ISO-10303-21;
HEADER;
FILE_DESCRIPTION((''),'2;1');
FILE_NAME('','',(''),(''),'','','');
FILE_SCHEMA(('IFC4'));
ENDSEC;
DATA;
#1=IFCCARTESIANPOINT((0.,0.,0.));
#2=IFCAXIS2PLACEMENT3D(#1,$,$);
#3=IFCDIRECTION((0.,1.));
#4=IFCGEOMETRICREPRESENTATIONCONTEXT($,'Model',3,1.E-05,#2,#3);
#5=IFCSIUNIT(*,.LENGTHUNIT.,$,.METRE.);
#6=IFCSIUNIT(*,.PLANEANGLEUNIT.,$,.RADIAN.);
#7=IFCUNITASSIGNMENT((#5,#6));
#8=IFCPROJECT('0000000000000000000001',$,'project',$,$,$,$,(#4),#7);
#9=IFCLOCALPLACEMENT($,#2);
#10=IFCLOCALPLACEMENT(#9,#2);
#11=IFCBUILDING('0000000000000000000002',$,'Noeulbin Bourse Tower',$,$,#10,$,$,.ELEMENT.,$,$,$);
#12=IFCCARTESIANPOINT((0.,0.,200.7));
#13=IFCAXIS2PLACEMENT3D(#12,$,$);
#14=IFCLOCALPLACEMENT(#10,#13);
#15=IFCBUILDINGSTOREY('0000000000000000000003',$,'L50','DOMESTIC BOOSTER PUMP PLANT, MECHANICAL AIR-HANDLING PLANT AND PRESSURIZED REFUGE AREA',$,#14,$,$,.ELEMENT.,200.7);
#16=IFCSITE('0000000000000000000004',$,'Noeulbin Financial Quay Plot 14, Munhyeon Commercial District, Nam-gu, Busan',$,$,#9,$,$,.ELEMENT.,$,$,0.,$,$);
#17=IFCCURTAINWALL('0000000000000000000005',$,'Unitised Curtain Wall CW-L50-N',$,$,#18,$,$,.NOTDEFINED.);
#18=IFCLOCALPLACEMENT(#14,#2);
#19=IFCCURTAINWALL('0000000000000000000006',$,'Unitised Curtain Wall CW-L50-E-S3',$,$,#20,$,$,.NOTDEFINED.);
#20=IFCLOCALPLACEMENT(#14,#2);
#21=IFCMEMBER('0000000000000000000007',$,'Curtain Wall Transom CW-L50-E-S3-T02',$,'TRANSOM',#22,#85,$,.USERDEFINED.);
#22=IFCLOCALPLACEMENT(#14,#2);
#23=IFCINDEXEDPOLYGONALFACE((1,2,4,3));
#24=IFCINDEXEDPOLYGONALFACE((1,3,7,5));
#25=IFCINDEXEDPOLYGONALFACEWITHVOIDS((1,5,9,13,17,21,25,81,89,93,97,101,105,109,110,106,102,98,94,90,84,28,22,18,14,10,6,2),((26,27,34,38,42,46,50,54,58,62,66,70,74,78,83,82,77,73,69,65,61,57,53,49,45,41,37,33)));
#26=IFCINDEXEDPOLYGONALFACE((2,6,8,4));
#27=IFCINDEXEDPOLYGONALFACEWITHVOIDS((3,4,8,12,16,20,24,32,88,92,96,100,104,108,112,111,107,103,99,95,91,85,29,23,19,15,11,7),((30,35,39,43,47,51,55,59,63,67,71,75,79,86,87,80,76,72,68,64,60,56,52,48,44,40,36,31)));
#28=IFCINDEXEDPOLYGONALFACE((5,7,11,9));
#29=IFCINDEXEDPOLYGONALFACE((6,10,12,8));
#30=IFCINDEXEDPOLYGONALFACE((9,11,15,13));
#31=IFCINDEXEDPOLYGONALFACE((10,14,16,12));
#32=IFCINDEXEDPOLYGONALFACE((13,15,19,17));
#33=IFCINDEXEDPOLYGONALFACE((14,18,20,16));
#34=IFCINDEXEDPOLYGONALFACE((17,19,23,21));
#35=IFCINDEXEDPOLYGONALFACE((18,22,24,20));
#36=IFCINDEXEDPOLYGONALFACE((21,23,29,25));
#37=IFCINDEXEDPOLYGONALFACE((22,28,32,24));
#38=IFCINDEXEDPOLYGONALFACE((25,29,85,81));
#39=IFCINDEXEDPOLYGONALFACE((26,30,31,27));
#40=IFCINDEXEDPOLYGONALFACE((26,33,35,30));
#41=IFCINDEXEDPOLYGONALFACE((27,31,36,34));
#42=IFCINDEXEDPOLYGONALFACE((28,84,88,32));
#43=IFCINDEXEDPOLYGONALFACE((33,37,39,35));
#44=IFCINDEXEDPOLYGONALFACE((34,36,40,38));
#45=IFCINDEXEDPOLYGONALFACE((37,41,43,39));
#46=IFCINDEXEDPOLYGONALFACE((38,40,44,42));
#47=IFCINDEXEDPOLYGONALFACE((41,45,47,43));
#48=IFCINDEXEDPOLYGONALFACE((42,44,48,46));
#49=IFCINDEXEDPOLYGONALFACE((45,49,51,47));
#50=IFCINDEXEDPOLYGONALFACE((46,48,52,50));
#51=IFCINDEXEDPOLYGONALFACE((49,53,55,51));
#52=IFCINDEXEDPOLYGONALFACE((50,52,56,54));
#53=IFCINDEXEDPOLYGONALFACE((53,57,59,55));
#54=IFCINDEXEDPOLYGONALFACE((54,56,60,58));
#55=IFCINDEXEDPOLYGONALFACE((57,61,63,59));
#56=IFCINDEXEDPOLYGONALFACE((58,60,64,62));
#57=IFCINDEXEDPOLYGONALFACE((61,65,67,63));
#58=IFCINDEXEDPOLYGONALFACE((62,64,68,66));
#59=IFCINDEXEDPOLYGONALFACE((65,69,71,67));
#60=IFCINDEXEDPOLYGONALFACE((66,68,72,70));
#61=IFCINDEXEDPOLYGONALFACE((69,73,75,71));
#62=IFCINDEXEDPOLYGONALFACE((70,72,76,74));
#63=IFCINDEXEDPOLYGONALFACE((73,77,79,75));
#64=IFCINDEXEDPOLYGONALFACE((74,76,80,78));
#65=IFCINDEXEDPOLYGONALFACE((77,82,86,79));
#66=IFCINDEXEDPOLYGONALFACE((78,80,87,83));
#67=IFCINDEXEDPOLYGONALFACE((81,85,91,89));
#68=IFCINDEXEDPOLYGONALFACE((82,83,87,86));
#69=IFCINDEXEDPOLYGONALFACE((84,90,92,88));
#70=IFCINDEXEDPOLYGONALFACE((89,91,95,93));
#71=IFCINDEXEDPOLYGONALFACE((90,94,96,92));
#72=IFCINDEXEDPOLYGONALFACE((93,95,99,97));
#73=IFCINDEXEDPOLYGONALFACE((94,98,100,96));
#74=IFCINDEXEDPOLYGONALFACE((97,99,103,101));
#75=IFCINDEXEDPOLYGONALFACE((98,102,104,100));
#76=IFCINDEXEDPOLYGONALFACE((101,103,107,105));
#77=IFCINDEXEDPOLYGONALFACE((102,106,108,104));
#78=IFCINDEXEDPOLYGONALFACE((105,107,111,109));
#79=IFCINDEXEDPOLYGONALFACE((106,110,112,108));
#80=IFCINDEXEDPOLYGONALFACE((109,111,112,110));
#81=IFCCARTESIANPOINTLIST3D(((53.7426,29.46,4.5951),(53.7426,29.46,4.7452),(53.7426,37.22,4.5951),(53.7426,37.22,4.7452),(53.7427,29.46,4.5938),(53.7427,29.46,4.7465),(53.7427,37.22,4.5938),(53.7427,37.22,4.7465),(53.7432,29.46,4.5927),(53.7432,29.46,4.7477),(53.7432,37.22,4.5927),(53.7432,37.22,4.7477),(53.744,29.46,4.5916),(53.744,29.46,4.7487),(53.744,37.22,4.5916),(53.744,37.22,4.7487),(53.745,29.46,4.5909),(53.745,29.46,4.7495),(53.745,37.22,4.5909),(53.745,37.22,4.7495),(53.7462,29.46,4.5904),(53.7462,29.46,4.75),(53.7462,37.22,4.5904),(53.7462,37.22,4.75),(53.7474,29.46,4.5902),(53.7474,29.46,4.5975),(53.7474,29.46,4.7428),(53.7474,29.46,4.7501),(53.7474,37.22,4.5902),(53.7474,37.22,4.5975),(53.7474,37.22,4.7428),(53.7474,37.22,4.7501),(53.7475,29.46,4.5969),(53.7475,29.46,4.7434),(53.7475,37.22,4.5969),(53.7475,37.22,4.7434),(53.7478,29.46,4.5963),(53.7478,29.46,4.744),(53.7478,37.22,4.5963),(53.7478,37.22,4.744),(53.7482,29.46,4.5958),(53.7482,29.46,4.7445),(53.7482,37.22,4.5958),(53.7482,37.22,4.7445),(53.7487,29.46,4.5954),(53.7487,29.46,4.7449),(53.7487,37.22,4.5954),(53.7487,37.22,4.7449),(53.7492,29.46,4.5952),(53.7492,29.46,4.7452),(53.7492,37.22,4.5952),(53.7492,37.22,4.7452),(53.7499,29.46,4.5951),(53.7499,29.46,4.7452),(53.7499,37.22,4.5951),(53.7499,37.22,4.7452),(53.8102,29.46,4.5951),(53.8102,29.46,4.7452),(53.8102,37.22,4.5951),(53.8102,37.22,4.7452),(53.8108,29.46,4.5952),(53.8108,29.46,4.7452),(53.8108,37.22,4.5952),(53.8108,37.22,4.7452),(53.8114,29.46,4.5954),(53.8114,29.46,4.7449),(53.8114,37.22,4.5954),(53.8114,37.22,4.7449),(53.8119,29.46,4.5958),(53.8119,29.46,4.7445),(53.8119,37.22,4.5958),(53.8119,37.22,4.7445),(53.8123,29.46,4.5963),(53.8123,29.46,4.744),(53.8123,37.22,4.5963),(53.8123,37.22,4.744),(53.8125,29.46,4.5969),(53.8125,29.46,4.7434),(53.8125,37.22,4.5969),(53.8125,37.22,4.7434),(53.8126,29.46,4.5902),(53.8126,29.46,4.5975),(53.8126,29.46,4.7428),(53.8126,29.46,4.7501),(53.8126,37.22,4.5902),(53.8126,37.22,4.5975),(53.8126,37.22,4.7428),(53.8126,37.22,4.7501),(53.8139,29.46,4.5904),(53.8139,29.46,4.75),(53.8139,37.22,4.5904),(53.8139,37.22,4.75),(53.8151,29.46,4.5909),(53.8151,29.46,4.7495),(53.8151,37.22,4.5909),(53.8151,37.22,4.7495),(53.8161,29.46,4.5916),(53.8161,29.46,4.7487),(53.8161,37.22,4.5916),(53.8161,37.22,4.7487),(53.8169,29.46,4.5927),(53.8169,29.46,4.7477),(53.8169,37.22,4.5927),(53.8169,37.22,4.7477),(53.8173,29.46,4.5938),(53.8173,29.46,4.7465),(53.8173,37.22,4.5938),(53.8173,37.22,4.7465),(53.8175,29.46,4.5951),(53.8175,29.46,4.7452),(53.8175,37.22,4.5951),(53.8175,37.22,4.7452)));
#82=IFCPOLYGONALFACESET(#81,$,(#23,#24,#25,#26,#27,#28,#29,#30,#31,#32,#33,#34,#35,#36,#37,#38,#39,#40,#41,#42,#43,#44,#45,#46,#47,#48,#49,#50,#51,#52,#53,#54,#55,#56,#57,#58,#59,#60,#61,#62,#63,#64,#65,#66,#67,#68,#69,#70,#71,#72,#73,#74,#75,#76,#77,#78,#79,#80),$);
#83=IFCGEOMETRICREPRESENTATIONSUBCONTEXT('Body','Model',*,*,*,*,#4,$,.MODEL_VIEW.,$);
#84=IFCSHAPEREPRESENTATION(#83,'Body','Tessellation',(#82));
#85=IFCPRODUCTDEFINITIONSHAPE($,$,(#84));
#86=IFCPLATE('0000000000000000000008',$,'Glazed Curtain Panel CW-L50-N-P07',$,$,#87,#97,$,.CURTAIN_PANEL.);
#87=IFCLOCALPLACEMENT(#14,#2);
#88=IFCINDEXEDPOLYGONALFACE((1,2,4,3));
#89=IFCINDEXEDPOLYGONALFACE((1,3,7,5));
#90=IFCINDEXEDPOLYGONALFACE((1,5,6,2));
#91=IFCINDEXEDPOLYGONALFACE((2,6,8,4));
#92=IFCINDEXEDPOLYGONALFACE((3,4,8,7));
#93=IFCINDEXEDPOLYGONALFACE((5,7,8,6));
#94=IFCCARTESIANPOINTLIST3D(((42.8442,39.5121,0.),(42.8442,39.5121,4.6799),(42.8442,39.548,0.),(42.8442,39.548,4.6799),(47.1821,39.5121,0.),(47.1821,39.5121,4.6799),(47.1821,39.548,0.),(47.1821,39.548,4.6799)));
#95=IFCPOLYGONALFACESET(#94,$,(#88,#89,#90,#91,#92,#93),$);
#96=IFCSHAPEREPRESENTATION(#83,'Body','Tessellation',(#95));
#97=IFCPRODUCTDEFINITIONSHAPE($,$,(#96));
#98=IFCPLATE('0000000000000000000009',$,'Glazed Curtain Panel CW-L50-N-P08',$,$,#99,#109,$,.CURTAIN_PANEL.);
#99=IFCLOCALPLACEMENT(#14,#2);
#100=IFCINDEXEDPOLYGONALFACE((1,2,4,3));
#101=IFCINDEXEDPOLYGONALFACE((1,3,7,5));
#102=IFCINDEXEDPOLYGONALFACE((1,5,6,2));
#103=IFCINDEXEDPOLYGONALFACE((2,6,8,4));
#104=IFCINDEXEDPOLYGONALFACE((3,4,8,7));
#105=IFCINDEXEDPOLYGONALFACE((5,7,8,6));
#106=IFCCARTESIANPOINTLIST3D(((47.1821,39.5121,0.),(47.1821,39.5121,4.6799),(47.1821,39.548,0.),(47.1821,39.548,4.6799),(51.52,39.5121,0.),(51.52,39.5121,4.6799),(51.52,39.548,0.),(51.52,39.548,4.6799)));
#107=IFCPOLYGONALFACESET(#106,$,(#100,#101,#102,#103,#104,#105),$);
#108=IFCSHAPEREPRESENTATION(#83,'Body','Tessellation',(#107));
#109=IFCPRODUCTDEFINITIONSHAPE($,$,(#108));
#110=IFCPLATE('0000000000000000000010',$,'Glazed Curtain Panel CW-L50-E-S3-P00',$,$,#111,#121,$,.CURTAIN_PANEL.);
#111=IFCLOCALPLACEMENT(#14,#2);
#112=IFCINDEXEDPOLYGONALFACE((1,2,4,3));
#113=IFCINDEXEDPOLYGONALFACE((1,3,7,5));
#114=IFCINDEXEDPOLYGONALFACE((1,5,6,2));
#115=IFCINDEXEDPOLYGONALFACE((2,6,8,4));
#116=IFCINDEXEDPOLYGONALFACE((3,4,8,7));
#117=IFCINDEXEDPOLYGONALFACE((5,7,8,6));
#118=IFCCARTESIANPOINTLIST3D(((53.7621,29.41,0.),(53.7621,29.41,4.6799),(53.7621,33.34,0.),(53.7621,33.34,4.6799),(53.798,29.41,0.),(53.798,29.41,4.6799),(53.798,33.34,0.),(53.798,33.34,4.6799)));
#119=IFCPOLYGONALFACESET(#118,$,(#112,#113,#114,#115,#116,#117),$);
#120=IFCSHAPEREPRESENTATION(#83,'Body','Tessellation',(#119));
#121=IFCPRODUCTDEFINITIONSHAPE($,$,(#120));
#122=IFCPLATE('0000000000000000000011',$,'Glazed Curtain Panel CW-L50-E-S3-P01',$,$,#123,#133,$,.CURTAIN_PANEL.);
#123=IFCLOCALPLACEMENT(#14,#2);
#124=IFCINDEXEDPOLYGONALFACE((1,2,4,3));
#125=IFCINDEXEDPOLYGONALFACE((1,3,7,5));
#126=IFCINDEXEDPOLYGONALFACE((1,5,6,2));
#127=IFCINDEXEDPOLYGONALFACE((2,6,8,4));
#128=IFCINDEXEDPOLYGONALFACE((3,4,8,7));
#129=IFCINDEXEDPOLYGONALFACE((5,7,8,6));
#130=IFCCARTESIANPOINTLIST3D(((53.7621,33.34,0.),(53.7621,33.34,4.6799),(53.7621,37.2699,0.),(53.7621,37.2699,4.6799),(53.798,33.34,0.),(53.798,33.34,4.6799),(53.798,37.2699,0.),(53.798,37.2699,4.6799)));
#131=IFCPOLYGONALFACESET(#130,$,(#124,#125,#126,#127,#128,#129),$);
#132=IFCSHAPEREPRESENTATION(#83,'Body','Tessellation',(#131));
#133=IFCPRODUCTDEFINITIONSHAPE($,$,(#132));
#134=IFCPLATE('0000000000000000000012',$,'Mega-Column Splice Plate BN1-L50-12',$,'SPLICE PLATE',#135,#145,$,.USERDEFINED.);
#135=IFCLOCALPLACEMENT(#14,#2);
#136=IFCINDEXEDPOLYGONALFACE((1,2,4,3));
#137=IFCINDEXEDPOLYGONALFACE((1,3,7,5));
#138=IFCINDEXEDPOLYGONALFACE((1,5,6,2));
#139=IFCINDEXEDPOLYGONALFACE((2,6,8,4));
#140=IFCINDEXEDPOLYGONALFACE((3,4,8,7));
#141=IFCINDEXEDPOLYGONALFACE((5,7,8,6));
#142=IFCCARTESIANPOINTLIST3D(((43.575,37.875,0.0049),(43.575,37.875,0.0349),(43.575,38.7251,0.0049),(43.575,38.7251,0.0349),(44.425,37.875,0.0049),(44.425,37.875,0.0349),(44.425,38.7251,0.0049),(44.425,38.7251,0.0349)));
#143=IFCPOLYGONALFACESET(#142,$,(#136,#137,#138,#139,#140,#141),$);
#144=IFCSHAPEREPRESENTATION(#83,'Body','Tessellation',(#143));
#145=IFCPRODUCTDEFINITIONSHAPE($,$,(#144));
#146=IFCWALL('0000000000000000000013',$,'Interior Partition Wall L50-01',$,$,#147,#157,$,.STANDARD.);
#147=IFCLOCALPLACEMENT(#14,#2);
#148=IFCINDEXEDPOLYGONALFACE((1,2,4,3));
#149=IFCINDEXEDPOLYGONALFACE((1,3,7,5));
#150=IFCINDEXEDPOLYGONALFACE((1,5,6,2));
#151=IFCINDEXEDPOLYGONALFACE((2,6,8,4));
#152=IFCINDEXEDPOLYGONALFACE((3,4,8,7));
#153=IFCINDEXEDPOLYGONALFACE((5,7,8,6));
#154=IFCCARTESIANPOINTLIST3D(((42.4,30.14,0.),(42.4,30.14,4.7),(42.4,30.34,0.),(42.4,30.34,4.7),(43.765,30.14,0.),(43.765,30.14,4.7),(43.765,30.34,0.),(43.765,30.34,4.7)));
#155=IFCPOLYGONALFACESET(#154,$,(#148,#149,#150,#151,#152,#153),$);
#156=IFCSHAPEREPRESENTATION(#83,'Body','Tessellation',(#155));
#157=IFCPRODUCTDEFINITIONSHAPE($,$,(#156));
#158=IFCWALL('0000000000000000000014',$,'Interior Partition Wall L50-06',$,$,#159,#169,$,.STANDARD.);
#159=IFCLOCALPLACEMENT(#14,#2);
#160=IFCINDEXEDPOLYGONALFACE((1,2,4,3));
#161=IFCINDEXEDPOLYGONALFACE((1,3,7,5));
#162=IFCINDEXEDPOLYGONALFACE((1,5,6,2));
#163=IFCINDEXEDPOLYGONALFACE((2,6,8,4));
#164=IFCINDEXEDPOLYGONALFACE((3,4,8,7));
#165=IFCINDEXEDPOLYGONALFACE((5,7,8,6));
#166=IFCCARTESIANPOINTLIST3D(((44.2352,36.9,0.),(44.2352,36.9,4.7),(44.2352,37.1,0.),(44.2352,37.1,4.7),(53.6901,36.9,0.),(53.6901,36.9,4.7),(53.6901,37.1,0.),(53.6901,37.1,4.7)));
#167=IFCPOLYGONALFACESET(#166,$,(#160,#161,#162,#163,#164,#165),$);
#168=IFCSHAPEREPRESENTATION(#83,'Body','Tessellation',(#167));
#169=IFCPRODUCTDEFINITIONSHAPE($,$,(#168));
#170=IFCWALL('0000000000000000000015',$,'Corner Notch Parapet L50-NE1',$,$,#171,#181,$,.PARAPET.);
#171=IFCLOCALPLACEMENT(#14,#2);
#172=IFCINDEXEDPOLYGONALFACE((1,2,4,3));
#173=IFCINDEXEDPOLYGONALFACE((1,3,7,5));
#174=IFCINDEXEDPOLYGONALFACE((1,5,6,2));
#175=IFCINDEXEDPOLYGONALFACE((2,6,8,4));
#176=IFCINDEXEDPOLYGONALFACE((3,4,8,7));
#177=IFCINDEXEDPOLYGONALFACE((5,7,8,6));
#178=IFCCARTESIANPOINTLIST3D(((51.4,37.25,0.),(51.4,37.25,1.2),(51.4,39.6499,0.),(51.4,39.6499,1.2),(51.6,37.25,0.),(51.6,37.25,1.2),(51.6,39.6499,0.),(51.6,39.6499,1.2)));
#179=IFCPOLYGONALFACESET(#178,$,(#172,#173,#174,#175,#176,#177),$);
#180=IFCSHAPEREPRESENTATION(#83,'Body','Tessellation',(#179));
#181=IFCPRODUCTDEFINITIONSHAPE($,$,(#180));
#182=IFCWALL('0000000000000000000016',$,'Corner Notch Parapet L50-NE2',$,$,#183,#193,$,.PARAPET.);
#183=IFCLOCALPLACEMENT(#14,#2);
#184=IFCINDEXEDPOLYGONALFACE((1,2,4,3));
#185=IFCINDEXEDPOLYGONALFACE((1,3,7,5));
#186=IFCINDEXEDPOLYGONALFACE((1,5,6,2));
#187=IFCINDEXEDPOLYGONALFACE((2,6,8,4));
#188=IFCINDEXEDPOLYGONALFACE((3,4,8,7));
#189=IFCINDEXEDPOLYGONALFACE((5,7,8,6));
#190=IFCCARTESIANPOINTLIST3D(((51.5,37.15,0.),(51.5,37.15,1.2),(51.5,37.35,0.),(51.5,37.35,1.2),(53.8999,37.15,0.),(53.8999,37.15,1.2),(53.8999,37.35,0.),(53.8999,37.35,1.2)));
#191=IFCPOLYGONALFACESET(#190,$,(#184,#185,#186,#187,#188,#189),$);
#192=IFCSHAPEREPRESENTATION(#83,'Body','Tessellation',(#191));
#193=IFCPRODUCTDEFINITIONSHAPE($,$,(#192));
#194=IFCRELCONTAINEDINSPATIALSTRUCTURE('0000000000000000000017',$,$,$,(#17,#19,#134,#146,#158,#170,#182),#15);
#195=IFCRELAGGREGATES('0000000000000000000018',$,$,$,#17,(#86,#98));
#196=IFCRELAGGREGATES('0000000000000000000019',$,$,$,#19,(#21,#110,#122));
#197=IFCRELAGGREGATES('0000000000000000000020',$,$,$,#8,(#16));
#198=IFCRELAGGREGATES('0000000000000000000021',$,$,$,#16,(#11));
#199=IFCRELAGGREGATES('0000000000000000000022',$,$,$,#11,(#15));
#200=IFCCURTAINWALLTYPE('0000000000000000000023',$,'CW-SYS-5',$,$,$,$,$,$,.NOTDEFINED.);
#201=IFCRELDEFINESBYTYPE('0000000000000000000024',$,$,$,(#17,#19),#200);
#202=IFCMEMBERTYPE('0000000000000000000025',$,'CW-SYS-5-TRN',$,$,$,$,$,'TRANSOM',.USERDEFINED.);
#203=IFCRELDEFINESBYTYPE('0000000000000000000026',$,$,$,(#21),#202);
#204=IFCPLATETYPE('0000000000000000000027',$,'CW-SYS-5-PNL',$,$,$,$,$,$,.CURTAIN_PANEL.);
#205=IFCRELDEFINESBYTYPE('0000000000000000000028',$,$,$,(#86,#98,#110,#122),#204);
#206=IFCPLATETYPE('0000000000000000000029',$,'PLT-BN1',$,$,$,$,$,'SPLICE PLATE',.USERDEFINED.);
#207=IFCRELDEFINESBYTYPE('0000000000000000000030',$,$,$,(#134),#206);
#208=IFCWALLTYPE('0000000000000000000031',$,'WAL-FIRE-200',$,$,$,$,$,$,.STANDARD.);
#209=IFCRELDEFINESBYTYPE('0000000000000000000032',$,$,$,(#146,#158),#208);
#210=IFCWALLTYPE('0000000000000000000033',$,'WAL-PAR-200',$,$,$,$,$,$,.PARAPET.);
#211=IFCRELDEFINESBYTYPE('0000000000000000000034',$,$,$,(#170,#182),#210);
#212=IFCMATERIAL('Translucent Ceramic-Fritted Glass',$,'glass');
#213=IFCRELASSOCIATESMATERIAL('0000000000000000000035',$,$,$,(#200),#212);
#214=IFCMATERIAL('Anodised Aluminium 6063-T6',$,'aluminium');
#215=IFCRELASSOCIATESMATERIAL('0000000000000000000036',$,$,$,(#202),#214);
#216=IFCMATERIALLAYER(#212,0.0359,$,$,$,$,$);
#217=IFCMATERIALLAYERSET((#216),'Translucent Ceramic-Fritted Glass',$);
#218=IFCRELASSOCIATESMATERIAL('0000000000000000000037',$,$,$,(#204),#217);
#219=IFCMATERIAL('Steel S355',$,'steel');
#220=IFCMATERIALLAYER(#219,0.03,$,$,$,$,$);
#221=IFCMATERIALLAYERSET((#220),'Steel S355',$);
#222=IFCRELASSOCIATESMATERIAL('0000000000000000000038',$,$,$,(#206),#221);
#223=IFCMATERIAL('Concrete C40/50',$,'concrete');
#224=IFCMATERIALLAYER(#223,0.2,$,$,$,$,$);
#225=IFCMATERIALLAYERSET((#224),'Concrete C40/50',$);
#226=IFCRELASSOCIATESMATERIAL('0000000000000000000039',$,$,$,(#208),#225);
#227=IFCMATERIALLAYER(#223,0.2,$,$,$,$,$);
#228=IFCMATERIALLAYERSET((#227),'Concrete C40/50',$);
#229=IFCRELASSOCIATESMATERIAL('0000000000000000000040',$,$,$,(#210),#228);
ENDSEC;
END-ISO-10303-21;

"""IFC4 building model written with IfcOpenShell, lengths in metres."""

from ifc_helpers import new_model, si_unit, direction, frame, frame_2d, origin, origin_2d, place, context, subcontext, project, spatial, rectangle, hollow_rectangle, extrude, material, layer, layer_set, material_profile, profile_set, type_object, element, aggregate, save


model = new_model("IFC4")

# Units and contexts
model_context = context("Model", 3, precision=1e-05, world=origin(), true_north=direction((0.0, 1.0)))
body_context = subcontext(model_context, "Body", "Model", "MODEL_VIEW")
ifc_project = project(units=[si_unit("LENGTHUNIT", "METRE"), si_unit("PLANEANGLEUNIT", "RADIAN")], contexts=[model_context])

# Site, building, storey
site_placement = place(None, origin())
site = spatial("IfcSite", under=ifc_project, at=site_placement, Name="Noeulbin Financial Quay Plot 14, Munhyeon Commercial District, Nam-gu, Busan", CompositionType="ELEMENT", RefElevation=0.0)
building_placement = place(site_placement, origin())
building = spatial("IfcBuilding", under=site, at=building_placement, Name="Noeulbin Bourse Tower", CompositionType="ELEMENT")
storey_placement = place(building_placement, frame((0.0, 0.0, 200.7)))
storey = spatial("IfcBuildingStorey", under=building, at=storey_placement, Name="L50", Description="DOMESTIC BOOSTER PUMP PLANT, MECHANICAL AIR-HANDLING PLANT AND PRESSURIZED REFUGE AREA", CompositionType="ELEMENT", Elevation=200.7)

# Curtain walls, member
ifc_material_1 = material(Name="Translucent Ceramic-Fritted Glass", Category="glass")
curtain_wall_type = type_object("IfcCurtainWallType", Name="CW-SYS-5", PredefinedType="NOTDEFINED", material=ifc_material_1)
curtain_wall_1_placement = place(storey_placement, origin())
curtain_wall_1 = element("IfcCurtainWall", 1, at=curtain_wall_1_placement, inside=storey, type_object=curtain_wall_type, Name="Unitised Curtain Wall CW-L50-N", PredefinedType="NOTDEFINED")
ifc_material_2 = material(Name="Anodised Aluminium 6063-T6", Category="aluminium")
curtain_wall_2_placement = place(storey_placement, origin())
curtain_wall_2 = element("IfcCurtainWall", 2, at=curtain_wall_2_placement, inside=storey, type_object=curtain_wall_type, Name="Unitised Curtain Wall CW-L50-E-S3", PredefinedType="NOTDEFINED")
ifc_material_profile_1 = material_profile(ifc_material_2, hollow_rectangle(XDim=0.075, YDim=0.1599, WallThickness=0.0049, InnerFilletRadius=0.0024, OuterFilletRadius=0.0049, at=origin_2d()), Name="ALU-TRAN-75x160x5", Category="LoadBearing")
ifc_profile_set_1 = profile_set([ifc_material_profile_1], Name="Anodised Aluminium 6063-T6")
member_type_1 = type_object("IfcMemberType", Name="CW-SYS-5-TRN", ElementType="TRANSOM", PredefinedType="USERDEFINED", material=ifc_profile_set_1)
member_1_placement = place(storey_placement, frame((53.78, 29.46, 4.6702), z_axis=(0.0, 1.0, 0.0), x_axis=(-1.0, 0.0, 0.0)))
member_1 = element("IfcMember", 3, at=member_1_placement, type_object=member_type_1, Name="Curtain Wall Transom CW-L50-E-S3-T02", ObjectType="TRANSOM", PredefinedType="USERDEFINED", context=body_context, shape_type="SweptSolid", body=[
    extrude(hollow_rectangle(XDim=0.075, YDim=0.1599, WallThickness=0.0049, InnerFilletRadius=0.0024, OuterFilletRadius=0.0049, at=origin_2d()), origin(), (0.0, 0.0, 1.0), 7.76),
])

# Plates
ifc_layer_1 = layer(ifc_material_1, 0.0359)
ifc_layer_set_1 = layer_set([ifc_layer_1], Name="Translucent Ceramic-Fritted Glass")
plate_type_1 = type_object("IfcPlateType", Name="CW-SYS-5-PNL", PredefinedType="CURTAIN_PANEL", material=ifc_layer_set_1)
plate_1_placement = place(storey_placement, frame((45.0132, 39.53, 0.0), z_axis=(0.0, 0.0, 1.0), x_axis=(1.0, 0.0, 0.0)))
plate_1 = element("IfcPlate", 4, at=plate_1_placement, type_object=plate_type_1, Name="Glazed Curtain Panel CW-L50-N-P07", PredefinedType="CURTAIN_PANEL", context=body_context, shape_type="SweptSolid", body=[
    extrude(rectangle(XDim=4.3379, YDim=0.0359, at=origin_2d()), origin(), (0.0, 0.0, 1.0), 4.6799),
])
plate_2_placement = place(storey_placement, frame((49.3511, 39.53, 0.0), z_axis=(0.0, 0.0, 1.0), x_axis=(1.0, 0.0, 0.0)))
plate_2 = element("IfcPlate", 5, at=plate_2_placement, type_object=plate_type_1, Name="Glazed Curtain Panel CW-L50-N-P08", PredefinedType="CURTAIN_PANEL", context=body_context, shape_type="SweptSolid", body=[
    extrude(rectangle(XDim=4.3379, YDim=0.0359, at=origin_2d()), origin(), (0.0, 0.0, 1.0), 4.6799),
])
aggregate(curtain_wall_1, [plate_1, plate_2])
plate_3_placement = place(storey_placement, frame((53.78, 31.375, 0.0), z_axis=(0.0, 0.0, 1.0), x_axis=(0.0, 1.0, 0.0)))
plate_3 = element("IfcPlate", 6, at=plate_3_placement, type_object=plate_type_1, Name="Glazed Curtain Panel CW-L50-E-S3-P00", PredefinedType="CURTAIN_PANEL", context=body_context, shape_type="SweptSolid", body=[
    extrude(rectangle(XDim=3.9299, YDim=0.0359, at=origin_2d()), origin(), (0.0, 0.0, 1.0), 4.6799),
])
plate_4_placement = place(storey_placement, frame((53.78, 35.3049, 0.0), z_axis=(0.0, 0.0, 1.0), x_axis=(0.0, 1.0, 0.0)))
plate_4 = element("IfcPlate", 7, at=plate_4_placement, type_object=plate_type_1, Name="Glazed Curtain Panel CW-L50-E-S3-P01", PredefinedType="CURTAIN_PANEL", context=body_context, shape_type="SweptSolid", body=[
    extrude(rectangle(XDim=3.9299, YDim=0.0359, at=origin_2d()), origin(), (0.0, 0.0, 1.0), 4.6799),
])
aggregate(curtain_wall_2, [member_1, plate_3, plate_4])
ifc_material_3 = material(Name="Steel S355", Category="steel")
ifc_layer_2 = layer(ifc_material_3, 0.03)
ifc_layer_set_2 = layer_set([ifc_layer_2], Name="Steel S355")
plate_type_2 = type_object("IfcPlateType", Name="PLT-BN1", ElementType="SPLICE PLATE", PredefinedType="USERDEFINED", material=ifc_layer_set_2)
plate_5_placement = place(storey_placement, frame((44.0, 38.3, 0.0049), z_axis=(0.0, 0.0, 1.0), x_axis=(1.0, 0.0, 0.0)))
element("IfcPlate", 8, at=plate_5_placement, inside=storey, type_object=plate_type_2, Name="Mega-Column Splice Plate BN1-L50-12", ObjectType="SPLICE PLATE", PredefinedType="USERDEFINED", context=body_context, shape_type="SweptSolid", body=[
    extrude(rectangle(XDim=0.8501, YDim=0.8501, at=origin_2d()), origin(), (0.0, 0.0, 1.0), 0.03),
])

# Walls
ifc_material_4 = material(Name="Concrete C40/50", Category="concrete")
ifc_layer_3 = layer(ifc_material_4, 0.2)
ifc_layer_set_3 = layer_set([ifc_layer_3], Name="Concrete C40/50")
wall_type_1 = type_object("IfcWallType", Name="WAL-FIRE-200", PredefinedType="STANDARD", material=ifc_layer_set_3)
wall_1_placement = place(storey_placement, frame((42.3999, 30.24, 0.0), z_axis=(0.0, 0.0, 1.0), x_axis=(1.0, 0.0, 0.0)))
element("IfcWall", 9, at=wall_1_placement, inside=storey, type_object=wall_type_1, Name="Interior Partition Wall L50-01", PredefinedType="STANDARD", context=body_context, shape_type="SweptSolid", body=[
    extrude(rectangle(XDim=1.365, YDim=0.2, at=frame_2d((0.6826, 0.0))), origin(), (0.0, 0.0, 1.0), 4.7),
])
wall_2_placement = place(storey_placement, frame((44.2351, 37.0, 0.0), z_axis=(0.0, 0.0, 1.0), x_axis=(1.0, 0.0, 0.0)))
element("IfcWall", 10, at=wall_2_placement, inside=storey, type_object=wall_type_1, Name="Interior Partition Wall L50-06", PredefinedType="STANDARD", context=body_context, shape_type="SweptSolid", body=[
    extrude(rectangle(XDim=9.4548, YDim=0.2, at=frame_2d((4.7275, 0.0))), origin(), (0.0, 0.0, 1.0), 4.7),
])
ifc_layer_4 = layer(ifc_material_4, 0.2)
ifc_layer_set_4 = layer_set([ifc_layer_4], Name="Concrete C40/50")
wall_type_2 = type_object("IfcWallType", Name="WAL-PAR-200", PredefinedType="PARAPET", material=ifc_layer_set_4)
for number, where, z_axis, x_axis, name in (
    (11, (51.5, 39.6499, 0.0), (0.0, 0.0, 1.0), (0.0, -1.0, 0.0), "Corner Notch Parapet L50-NE1"),
    (12, (51.5, 37.25, 0.0), (0.0, 0.0, 1.0), (1.0, 0.0, 0.0), "Corner Notch Parapet L50-NE2"),
):
    element("IfcWall", number, at=place(storey_placement, frame(where, z_axis=z_axis, x_axis=x_axis)), inside=storey, type_object=wall_type_2, Name=name, PredefinedType="PARAPET", context=body_context, shape_type="SweptSolid", body=[
        extrude(rectangle(XDim=2.3999, YDim=0.2, at=frame_2d((1.2, 0.0))), origin(), (0.0, 0.0, 1.0), 1.2),
    ])

save(model, "model.ifc")
